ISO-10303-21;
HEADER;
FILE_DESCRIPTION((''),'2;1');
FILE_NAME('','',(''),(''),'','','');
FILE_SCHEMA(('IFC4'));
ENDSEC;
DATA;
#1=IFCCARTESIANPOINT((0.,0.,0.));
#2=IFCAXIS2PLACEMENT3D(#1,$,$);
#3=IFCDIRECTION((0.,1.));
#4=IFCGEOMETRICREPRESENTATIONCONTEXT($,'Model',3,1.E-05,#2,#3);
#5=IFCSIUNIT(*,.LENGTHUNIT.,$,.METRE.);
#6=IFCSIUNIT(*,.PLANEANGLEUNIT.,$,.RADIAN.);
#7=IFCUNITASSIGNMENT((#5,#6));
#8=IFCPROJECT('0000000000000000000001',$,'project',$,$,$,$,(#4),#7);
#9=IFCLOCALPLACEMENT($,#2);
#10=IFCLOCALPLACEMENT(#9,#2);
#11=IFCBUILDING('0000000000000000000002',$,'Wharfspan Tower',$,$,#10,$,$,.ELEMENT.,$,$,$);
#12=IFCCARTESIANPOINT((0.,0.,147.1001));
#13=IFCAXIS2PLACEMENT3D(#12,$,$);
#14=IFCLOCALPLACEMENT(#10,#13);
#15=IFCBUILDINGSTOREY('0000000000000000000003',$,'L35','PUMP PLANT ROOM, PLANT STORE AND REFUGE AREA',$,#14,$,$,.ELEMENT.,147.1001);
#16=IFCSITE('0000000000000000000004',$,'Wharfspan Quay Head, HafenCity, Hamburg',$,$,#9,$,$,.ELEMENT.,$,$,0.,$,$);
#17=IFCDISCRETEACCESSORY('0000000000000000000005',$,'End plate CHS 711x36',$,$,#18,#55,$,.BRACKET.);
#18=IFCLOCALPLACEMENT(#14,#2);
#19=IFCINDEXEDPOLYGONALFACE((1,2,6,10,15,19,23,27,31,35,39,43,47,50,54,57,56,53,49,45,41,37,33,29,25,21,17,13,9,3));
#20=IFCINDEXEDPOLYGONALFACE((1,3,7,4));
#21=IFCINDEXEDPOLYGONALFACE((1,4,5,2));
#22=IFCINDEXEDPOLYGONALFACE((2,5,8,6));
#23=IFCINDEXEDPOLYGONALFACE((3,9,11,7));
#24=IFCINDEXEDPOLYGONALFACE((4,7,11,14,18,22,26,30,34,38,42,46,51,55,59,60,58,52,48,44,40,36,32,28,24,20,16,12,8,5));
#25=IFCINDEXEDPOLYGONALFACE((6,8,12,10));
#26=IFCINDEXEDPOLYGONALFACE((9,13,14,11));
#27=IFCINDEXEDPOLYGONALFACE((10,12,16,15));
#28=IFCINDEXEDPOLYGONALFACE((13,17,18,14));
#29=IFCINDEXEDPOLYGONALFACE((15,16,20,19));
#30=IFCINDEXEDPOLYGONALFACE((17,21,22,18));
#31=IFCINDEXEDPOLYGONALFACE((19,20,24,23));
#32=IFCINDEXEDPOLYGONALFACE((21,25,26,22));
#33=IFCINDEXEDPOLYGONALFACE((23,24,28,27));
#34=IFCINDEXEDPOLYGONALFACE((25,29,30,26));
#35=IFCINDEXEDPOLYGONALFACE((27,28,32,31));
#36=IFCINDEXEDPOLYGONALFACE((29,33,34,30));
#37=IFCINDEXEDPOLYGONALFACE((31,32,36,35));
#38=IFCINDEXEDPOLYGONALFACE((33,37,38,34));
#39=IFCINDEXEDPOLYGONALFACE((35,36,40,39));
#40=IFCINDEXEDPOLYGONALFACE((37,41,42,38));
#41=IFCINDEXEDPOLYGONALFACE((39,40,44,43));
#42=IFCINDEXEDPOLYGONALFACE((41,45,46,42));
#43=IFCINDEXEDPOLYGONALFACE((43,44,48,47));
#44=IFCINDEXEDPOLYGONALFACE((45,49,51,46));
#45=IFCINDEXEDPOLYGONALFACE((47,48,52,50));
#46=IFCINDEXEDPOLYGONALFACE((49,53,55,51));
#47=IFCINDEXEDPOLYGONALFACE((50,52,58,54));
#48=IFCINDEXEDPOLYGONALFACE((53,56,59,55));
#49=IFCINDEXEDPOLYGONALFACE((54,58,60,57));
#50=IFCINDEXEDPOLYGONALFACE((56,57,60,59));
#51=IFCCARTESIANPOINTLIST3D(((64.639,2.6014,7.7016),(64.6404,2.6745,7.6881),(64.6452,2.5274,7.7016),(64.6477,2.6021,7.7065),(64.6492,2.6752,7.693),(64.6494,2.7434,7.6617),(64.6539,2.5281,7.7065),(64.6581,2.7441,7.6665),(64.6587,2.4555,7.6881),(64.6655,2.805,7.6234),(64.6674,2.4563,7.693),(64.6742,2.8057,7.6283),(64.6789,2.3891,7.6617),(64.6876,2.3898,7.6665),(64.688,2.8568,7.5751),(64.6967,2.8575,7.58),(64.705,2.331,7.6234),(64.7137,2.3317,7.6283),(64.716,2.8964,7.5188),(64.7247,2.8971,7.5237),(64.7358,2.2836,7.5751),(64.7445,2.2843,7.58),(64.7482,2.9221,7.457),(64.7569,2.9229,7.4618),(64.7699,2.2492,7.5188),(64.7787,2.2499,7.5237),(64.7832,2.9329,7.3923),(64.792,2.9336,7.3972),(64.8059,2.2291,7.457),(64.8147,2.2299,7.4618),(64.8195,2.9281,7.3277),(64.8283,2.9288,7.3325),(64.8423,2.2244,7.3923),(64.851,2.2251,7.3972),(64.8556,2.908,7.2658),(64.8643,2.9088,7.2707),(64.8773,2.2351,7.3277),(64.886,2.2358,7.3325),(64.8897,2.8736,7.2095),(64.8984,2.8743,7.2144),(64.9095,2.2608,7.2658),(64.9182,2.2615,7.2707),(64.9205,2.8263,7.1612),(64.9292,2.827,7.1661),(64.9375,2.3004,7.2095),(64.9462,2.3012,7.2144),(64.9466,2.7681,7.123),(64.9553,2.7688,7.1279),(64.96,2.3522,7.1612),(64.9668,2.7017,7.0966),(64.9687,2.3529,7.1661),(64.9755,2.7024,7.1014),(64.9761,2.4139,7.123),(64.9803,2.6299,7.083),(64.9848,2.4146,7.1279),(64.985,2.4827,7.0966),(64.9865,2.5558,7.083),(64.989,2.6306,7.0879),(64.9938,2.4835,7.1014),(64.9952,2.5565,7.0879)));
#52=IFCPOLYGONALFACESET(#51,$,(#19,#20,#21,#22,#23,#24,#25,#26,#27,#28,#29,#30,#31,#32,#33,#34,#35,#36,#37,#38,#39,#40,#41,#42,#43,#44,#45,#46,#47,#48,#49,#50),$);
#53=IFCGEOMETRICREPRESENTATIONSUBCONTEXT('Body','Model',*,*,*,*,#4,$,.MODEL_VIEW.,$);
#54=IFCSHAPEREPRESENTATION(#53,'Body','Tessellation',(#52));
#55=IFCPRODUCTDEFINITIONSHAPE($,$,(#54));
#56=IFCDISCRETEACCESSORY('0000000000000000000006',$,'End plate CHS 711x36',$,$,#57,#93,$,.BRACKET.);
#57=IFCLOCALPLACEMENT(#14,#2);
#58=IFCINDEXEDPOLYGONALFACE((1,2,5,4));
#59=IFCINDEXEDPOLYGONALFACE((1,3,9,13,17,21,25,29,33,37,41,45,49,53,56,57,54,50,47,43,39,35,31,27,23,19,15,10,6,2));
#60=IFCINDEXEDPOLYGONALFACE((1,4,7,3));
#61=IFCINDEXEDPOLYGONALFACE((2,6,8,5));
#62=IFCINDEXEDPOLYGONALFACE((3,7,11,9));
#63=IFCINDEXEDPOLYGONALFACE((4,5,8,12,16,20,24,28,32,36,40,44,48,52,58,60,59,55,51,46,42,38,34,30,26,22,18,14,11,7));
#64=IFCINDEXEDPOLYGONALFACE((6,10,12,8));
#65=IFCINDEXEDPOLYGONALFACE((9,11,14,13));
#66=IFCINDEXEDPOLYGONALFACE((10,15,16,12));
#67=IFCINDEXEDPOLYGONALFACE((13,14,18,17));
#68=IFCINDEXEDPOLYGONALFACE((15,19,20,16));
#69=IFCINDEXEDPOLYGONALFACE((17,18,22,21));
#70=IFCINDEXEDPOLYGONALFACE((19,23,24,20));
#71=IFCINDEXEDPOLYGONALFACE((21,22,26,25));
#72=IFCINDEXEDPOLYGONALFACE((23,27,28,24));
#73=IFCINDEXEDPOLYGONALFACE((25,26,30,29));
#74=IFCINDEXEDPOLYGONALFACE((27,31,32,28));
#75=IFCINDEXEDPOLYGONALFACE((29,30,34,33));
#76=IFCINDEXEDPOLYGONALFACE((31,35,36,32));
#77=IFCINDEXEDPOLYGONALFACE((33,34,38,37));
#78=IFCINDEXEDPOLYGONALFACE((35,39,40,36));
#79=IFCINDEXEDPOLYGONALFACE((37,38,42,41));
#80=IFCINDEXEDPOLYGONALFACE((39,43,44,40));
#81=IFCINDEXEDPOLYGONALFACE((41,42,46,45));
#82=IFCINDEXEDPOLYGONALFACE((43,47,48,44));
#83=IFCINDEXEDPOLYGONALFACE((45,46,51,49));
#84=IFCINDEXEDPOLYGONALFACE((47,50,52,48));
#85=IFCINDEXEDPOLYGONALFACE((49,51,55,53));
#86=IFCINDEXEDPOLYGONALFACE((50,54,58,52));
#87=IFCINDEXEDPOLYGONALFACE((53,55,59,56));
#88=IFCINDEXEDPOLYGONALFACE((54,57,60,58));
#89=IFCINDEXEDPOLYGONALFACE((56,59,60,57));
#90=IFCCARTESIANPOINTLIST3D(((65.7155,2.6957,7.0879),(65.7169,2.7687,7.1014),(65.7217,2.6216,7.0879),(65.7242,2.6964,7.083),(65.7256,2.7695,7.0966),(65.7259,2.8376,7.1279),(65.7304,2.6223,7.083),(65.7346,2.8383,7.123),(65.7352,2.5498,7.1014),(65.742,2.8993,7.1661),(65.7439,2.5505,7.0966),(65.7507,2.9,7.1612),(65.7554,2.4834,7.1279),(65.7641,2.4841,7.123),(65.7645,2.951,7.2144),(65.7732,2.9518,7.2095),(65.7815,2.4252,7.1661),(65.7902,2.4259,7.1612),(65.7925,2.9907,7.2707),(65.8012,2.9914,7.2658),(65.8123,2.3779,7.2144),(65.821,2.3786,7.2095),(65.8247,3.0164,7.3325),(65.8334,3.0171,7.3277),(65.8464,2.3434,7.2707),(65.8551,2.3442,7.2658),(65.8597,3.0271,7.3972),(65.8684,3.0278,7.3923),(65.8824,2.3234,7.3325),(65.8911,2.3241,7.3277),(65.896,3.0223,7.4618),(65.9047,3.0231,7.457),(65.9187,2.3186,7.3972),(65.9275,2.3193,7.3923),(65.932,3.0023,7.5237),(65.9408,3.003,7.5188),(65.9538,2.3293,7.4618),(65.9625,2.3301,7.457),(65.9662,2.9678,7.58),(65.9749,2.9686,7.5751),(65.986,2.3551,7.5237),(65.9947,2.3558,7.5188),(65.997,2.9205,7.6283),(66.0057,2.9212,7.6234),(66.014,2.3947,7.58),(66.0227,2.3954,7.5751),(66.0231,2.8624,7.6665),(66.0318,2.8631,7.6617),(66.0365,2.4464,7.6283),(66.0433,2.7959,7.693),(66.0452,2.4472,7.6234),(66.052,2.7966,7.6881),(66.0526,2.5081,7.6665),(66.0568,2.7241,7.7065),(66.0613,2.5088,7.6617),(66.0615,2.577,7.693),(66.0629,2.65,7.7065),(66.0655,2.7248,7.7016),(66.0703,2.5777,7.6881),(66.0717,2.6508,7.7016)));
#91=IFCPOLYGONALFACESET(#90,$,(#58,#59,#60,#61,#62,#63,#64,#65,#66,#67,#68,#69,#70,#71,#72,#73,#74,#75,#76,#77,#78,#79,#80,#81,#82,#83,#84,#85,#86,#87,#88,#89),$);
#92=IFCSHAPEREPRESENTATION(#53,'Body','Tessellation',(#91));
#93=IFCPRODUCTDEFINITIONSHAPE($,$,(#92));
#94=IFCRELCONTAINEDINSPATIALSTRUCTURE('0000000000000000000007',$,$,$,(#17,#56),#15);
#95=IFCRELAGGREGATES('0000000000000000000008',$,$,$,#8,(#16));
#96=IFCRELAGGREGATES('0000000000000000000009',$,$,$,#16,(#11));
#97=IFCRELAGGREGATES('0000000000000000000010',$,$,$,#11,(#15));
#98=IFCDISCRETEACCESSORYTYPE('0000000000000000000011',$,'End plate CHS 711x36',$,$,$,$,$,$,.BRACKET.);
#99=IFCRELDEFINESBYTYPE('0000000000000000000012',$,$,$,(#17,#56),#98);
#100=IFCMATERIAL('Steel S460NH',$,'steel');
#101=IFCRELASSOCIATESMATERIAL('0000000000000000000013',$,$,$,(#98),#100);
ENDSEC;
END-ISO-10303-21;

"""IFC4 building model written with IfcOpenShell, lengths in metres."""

from ifc_helpers import new_model, si_unit, direction, frame, origin, origin_2d, place, context, subcontext, project, spatial, circle, extrude, material, material_profile, profile_set, type_object, element, save


model = new_model("IFC4")

# Units and contexts
model_context = context("Model", 3, precision=1e-05, world=origin(), true_north=direction((0.0, 1.0)))
body_context = subcontext(model_context, "Body", "Model", "MODEL_VIEW")
ifc_project = project(units=[si_unit("LENGTHUNIT", "METRE"), si_unit("PLANEANGLEUNIT", "RADIAN")], contexts=[model_context])

# Site, building, storey
site_placement = place(None, origin())
site = spatial("IfcSite", under=ifc_project, at=site_placement, Name="Wharfspan Quay Head, HafenCity, Hamburg", CompositionType="ELEMENT", RefElevation=0.0)
building_placement = place(site_placement, origin())
building = spatial("IfcBuilding", under=site, at=building_placement, Name="Wharfspan Tower", CompositionType="ELEMENT")
storey_placement = place(building_placement, frame((0.0, 0.0, 147.1001)))
storey = spatial("IfcBuildingStorey", under=building, at=storey_placement, Name="L35", Description="PUMP PLANT ROOM, PLANT STORE AND REFUGE AREA", CompositionType="ELEMENT", Elevation=147.1001)

# Shared definitions
ifc_material_1 = material(Name="Steel S460NH", Category="steel")

# Discrete accessories
ifc_material_profile_1 = material_profile(ifc_material_1, circle(Radius=0.3555, at=origin_2d()))
ifc_profile_set_1 = profile_set([ifc_material_profile_1], Name="Steel S460NH")
discrete_accessory_type_1 = type_object("IfcDiscreteAccessoryType", Name="End plate CHS 711x36", PredefinedType="BRACKET", material=ifc_profile_set_1)
for number, where, z_axis, x_axis, name in (
    (1, (64.8127, 2.5786, 7.3923), (0.871847, 0.072654, 0.484359), (-0.083044, 0.996547, -0.000003), "End plate CHS 711x36"),
    (2, (65.8979, 2.6736, 7.3923), (-0.871847, -0.072654, 0.484359), (0.083044, -0.996547, -0.000003), "End plate CHS 711x36"),
):
    element("IfcDiscreteAccessory", number, at=place(storey_placement, frame(where, z_axis=z_axis, x_axis=x_axis)), inside=storey, type_object=discrete_accessory_type_1, Name=name, PredefinedType="BRACKET", context=body_context, shape_type="SweptSolid", body=[
        extrude(circle(Radius=0.3555, at=origin_2d()), origin(), (0.0, 0.0, 1.0), 0.01),
    ])

save(model, "model.ifc")
